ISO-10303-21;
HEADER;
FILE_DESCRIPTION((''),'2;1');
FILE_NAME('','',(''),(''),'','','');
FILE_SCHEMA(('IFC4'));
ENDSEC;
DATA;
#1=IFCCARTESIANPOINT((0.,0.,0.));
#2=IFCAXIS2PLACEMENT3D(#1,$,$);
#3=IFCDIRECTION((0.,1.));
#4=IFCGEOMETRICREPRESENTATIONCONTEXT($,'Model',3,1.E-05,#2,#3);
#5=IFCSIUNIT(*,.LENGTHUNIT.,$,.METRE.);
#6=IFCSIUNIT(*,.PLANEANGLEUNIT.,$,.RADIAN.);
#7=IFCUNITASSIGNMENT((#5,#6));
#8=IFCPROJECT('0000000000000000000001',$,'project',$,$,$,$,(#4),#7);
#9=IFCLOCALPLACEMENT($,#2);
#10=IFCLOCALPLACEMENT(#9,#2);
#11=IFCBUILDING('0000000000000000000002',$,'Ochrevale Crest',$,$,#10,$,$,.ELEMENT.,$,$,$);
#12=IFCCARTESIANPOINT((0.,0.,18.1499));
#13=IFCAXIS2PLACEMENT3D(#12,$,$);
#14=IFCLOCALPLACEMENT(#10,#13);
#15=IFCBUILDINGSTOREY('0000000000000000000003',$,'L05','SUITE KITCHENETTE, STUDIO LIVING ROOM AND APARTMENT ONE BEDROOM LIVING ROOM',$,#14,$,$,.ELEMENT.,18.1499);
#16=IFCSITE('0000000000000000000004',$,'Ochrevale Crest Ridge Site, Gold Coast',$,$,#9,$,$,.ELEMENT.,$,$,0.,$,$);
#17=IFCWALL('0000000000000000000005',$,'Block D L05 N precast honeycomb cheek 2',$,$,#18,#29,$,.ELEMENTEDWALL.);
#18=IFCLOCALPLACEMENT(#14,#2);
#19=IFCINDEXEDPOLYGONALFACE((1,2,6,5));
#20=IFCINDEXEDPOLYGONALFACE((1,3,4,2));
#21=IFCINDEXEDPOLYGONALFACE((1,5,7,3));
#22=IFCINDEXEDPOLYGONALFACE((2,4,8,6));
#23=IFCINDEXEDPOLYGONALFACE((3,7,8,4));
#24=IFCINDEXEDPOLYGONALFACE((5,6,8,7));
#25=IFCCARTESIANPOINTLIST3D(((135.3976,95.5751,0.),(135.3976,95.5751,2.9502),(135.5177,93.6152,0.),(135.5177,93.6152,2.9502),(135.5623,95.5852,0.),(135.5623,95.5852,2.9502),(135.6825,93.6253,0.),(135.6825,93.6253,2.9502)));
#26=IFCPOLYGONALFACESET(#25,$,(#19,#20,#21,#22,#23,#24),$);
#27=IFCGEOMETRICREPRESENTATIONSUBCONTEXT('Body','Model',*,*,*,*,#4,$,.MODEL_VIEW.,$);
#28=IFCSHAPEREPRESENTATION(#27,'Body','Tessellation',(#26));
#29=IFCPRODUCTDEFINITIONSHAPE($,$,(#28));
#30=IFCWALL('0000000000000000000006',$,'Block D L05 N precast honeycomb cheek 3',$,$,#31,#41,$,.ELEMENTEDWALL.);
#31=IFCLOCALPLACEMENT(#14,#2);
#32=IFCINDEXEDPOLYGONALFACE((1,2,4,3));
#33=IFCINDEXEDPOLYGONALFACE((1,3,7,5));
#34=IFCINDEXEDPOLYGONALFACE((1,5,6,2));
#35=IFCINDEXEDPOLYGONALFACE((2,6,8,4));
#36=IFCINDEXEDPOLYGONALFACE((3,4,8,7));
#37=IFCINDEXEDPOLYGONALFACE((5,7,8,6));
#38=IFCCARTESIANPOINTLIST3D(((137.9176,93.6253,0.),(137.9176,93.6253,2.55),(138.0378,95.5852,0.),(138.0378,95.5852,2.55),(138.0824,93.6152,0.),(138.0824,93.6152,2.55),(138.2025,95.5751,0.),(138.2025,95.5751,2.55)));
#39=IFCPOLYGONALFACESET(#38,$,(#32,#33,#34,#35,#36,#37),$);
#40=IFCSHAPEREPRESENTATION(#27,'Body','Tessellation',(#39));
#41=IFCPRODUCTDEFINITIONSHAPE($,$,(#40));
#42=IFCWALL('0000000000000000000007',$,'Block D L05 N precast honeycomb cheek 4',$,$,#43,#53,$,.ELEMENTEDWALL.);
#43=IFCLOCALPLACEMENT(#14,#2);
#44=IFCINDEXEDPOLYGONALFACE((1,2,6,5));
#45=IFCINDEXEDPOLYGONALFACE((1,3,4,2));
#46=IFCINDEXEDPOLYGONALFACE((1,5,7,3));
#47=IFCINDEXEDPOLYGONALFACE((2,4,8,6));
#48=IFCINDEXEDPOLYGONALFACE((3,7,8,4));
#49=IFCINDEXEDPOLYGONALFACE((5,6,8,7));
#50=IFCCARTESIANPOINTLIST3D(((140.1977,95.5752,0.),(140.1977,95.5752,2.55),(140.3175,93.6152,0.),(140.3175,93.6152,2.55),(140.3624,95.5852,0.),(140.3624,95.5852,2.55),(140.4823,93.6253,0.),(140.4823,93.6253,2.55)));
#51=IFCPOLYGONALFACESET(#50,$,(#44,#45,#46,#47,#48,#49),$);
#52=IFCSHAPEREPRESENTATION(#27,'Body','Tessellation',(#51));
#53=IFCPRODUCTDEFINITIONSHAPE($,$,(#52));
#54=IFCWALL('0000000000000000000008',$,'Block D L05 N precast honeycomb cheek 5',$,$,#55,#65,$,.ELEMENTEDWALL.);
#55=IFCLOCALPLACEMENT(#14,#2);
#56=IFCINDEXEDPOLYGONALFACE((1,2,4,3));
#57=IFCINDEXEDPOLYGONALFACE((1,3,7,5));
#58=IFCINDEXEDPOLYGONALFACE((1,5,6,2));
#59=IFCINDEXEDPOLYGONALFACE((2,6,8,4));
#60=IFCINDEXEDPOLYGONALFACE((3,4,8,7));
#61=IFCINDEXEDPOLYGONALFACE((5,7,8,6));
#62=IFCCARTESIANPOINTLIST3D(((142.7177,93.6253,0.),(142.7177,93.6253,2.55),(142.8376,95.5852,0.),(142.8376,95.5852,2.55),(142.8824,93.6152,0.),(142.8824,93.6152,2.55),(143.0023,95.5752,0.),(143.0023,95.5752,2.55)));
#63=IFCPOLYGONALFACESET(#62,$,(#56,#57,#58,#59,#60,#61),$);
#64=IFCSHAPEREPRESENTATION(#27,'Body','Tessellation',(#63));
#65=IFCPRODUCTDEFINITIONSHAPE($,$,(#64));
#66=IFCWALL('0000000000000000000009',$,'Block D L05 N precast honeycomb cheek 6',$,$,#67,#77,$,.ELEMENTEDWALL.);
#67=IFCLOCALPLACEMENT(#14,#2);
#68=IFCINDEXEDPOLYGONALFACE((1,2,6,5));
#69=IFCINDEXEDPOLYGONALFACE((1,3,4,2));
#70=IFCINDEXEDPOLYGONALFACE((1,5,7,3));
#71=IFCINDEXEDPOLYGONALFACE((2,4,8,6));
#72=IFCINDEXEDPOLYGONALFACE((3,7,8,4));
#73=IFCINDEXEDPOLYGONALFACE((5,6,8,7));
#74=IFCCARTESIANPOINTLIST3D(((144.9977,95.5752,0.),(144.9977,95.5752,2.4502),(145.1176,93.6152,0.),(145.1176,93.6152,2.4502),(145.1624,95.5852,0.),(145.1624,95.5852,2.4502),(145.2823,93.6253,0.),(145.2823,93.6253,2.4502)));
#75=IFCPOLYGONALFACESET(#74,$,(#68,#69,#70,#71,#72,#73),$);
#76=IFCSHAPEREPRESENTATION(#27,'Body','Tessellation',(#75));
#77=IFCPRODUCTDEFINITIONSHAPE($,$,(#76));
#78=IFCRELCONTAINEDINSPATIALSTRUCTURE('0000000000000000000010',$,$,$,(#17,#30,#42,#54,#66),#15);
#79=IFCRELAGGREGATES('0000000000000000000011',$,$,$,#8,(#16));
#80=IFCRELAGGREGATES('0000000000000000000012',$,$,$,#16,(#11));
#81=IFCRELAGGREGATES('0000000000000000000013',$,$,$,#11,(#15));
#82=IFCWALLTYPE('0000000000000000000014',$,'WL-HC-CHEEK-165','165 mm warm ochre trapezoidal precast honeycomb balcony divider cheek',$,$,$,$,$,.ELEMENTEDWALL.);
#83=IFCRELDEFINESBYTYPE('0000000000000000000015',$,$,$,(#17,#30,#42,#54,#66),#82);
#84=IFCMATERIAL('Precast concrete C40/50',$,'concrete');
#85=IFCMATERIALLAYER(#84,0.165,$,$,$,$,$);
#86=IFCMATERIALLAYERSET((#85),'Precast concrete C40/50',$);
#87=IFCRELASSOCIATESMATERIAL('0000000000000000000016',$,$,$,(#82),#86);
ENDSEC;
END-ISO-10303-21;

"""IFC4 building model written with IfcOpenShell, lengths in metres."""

from ifc_helpers import new_model, si_unit, direction, frame, frame_2d, origin, place, context, subcontext, project, spatial, rectangle, extrude, material, layer, layer_set, type_object, element, save


model = new_model("IFC4")

# Units and contexts
model_context = context("Model", 3, precision=1e-05, world=origin(), true_north=direction((0.0, 1.0)))
body_context = subcontext(model_context, "Body", "Model", "MODEL_VIEW")
ifc_project = project(units=[si_unit("LENGTHUNIT", "METRE"), si_unit("PLANEANGLEUNIT", "RADIAN")], contexts=[model_context])

# Site, building, storey
site_placement = place(None, origin())
site = spatial("IfcSite", under=ifc_project, at=site_placement, Name="Ochrevale Crest Ridge Site, Gold Coast", CompositionType="ELEMENT", RefElevation=0.0)
building_placement = place(site_placement, origin())
building = spatial("IfcBuilding", under=site, at=building_placement, Name="Ochrevale Crest", CompositionType="ELEMENT")
storey_placement = place(building_placement, frame((0.0, 0.0, 18.1499)))
storey = spatial("IfcBuildingStorey", under=building, at=storey_placement, Name="L05", Description="SUITE KITCHENETTE, STUDIO LIVING ROOM AND APARTMENT ONE BEDROOM LIVING ROOM", CompositionType="ELEMENT", Elevation=18.1499)

# Shared definitions
ifc_material_1 = material(Name="Precast concrete C40/50", Category="concrete")

# Walls
ifc_layer_1 = layer(ifc_material_1, 0.165)
ifc_layer_set_1 = layer_set([ifc_layer_1], Name="Precast concrete C40/50")
wall_type = type_object("IfcWallType", Name="WL-HC-CHEEK-165", Description="165 mm warm ochre trapezoidal precast honeycomb balcony divider cheek", PredefinedType="ELEMENTEDWALL", material=ifc_layer_set_1)
wall_1_placement = place(storey_placement, frame((135.6001, 93.6201, 0.0), z_axis=(0.0, 0.0, 1.0), x_axis=(-0.061171, 0.998127, 0.0)))
element("IfcWall", 1, at=wall_1_placement, inside=storey, type_object=wall_type, Name="Block D L05 N precast honeycomb cheek 2", PredefinedType="ELEMENTEDWALL", context=body_context, shape_type="SweptSolid", body=[
    extrude(rectangle(XDim=1.9636, YDim=0.165, at=frame_2d((0.9819, 0.0))), origin(), (0.0, 0.0, 1.0), 2.9502),
])
for number, where, z_axis, x_axis, name in (
    (2, (138.0, 93.6201, 0.0), (0.0, 0.0, 1.0), (0.061171, 0.998127, 0.0), "Block D L05 N precast honeycomb cheek 3"),
    (3, (140.3999, 93.6201, 0.0), (0.0, 0.0, 1.0), (-0.061047, 0.998135, 0.0), "Block D L05 N precast honeycomb cheek 4"),
    (4, (142.8, 93.6201, 0.0), (0.0, 0.0, 1.0), (0.061047, 0.998135, 0.0), "Block D L05 N precast honeycomb cheek 5"),
):
    element("IfcWall", number, at=place(storey_placement, frame(where, z_axis=z_axis, x_axis=x_axis)), inside=storey, type_object=wall_type, Name=name, PredefinedType="ELEMENTEDWALL", context=body_context, shape_type="SweptSolid", body=[
        extrude(rectangle(XDim=1.9636, YDim=0.165, at=frame_2d((0.9819, 0.0))), origin(), (0.0, 0.0, 1.0), 2.55),
    ])
wall_2_placement = place(storey_placement, frame((145.2, 93.6201, 0.0), z_axis=(0.0, 0.0, 1.0), x_axis=(-0.061047, 0.998135, 0.0)))
element("IfcWall", 5, at=wall_2_placement, inside=storey, type_object=wall_type, Name="Block D L05 N precast honeycomb cheek 6", PredefinedType="ELEMENTEDWALL", context=body_context, shape_type="SweptSolid", body=[
    extrude(rectangle(XDim=1.9636, YDim=0.165, at=frame_2d((0.9819, 0.0))), origin(), (0.0, 0.0, 1.0), 2.4502),
])

save(model, "model.ifc")
